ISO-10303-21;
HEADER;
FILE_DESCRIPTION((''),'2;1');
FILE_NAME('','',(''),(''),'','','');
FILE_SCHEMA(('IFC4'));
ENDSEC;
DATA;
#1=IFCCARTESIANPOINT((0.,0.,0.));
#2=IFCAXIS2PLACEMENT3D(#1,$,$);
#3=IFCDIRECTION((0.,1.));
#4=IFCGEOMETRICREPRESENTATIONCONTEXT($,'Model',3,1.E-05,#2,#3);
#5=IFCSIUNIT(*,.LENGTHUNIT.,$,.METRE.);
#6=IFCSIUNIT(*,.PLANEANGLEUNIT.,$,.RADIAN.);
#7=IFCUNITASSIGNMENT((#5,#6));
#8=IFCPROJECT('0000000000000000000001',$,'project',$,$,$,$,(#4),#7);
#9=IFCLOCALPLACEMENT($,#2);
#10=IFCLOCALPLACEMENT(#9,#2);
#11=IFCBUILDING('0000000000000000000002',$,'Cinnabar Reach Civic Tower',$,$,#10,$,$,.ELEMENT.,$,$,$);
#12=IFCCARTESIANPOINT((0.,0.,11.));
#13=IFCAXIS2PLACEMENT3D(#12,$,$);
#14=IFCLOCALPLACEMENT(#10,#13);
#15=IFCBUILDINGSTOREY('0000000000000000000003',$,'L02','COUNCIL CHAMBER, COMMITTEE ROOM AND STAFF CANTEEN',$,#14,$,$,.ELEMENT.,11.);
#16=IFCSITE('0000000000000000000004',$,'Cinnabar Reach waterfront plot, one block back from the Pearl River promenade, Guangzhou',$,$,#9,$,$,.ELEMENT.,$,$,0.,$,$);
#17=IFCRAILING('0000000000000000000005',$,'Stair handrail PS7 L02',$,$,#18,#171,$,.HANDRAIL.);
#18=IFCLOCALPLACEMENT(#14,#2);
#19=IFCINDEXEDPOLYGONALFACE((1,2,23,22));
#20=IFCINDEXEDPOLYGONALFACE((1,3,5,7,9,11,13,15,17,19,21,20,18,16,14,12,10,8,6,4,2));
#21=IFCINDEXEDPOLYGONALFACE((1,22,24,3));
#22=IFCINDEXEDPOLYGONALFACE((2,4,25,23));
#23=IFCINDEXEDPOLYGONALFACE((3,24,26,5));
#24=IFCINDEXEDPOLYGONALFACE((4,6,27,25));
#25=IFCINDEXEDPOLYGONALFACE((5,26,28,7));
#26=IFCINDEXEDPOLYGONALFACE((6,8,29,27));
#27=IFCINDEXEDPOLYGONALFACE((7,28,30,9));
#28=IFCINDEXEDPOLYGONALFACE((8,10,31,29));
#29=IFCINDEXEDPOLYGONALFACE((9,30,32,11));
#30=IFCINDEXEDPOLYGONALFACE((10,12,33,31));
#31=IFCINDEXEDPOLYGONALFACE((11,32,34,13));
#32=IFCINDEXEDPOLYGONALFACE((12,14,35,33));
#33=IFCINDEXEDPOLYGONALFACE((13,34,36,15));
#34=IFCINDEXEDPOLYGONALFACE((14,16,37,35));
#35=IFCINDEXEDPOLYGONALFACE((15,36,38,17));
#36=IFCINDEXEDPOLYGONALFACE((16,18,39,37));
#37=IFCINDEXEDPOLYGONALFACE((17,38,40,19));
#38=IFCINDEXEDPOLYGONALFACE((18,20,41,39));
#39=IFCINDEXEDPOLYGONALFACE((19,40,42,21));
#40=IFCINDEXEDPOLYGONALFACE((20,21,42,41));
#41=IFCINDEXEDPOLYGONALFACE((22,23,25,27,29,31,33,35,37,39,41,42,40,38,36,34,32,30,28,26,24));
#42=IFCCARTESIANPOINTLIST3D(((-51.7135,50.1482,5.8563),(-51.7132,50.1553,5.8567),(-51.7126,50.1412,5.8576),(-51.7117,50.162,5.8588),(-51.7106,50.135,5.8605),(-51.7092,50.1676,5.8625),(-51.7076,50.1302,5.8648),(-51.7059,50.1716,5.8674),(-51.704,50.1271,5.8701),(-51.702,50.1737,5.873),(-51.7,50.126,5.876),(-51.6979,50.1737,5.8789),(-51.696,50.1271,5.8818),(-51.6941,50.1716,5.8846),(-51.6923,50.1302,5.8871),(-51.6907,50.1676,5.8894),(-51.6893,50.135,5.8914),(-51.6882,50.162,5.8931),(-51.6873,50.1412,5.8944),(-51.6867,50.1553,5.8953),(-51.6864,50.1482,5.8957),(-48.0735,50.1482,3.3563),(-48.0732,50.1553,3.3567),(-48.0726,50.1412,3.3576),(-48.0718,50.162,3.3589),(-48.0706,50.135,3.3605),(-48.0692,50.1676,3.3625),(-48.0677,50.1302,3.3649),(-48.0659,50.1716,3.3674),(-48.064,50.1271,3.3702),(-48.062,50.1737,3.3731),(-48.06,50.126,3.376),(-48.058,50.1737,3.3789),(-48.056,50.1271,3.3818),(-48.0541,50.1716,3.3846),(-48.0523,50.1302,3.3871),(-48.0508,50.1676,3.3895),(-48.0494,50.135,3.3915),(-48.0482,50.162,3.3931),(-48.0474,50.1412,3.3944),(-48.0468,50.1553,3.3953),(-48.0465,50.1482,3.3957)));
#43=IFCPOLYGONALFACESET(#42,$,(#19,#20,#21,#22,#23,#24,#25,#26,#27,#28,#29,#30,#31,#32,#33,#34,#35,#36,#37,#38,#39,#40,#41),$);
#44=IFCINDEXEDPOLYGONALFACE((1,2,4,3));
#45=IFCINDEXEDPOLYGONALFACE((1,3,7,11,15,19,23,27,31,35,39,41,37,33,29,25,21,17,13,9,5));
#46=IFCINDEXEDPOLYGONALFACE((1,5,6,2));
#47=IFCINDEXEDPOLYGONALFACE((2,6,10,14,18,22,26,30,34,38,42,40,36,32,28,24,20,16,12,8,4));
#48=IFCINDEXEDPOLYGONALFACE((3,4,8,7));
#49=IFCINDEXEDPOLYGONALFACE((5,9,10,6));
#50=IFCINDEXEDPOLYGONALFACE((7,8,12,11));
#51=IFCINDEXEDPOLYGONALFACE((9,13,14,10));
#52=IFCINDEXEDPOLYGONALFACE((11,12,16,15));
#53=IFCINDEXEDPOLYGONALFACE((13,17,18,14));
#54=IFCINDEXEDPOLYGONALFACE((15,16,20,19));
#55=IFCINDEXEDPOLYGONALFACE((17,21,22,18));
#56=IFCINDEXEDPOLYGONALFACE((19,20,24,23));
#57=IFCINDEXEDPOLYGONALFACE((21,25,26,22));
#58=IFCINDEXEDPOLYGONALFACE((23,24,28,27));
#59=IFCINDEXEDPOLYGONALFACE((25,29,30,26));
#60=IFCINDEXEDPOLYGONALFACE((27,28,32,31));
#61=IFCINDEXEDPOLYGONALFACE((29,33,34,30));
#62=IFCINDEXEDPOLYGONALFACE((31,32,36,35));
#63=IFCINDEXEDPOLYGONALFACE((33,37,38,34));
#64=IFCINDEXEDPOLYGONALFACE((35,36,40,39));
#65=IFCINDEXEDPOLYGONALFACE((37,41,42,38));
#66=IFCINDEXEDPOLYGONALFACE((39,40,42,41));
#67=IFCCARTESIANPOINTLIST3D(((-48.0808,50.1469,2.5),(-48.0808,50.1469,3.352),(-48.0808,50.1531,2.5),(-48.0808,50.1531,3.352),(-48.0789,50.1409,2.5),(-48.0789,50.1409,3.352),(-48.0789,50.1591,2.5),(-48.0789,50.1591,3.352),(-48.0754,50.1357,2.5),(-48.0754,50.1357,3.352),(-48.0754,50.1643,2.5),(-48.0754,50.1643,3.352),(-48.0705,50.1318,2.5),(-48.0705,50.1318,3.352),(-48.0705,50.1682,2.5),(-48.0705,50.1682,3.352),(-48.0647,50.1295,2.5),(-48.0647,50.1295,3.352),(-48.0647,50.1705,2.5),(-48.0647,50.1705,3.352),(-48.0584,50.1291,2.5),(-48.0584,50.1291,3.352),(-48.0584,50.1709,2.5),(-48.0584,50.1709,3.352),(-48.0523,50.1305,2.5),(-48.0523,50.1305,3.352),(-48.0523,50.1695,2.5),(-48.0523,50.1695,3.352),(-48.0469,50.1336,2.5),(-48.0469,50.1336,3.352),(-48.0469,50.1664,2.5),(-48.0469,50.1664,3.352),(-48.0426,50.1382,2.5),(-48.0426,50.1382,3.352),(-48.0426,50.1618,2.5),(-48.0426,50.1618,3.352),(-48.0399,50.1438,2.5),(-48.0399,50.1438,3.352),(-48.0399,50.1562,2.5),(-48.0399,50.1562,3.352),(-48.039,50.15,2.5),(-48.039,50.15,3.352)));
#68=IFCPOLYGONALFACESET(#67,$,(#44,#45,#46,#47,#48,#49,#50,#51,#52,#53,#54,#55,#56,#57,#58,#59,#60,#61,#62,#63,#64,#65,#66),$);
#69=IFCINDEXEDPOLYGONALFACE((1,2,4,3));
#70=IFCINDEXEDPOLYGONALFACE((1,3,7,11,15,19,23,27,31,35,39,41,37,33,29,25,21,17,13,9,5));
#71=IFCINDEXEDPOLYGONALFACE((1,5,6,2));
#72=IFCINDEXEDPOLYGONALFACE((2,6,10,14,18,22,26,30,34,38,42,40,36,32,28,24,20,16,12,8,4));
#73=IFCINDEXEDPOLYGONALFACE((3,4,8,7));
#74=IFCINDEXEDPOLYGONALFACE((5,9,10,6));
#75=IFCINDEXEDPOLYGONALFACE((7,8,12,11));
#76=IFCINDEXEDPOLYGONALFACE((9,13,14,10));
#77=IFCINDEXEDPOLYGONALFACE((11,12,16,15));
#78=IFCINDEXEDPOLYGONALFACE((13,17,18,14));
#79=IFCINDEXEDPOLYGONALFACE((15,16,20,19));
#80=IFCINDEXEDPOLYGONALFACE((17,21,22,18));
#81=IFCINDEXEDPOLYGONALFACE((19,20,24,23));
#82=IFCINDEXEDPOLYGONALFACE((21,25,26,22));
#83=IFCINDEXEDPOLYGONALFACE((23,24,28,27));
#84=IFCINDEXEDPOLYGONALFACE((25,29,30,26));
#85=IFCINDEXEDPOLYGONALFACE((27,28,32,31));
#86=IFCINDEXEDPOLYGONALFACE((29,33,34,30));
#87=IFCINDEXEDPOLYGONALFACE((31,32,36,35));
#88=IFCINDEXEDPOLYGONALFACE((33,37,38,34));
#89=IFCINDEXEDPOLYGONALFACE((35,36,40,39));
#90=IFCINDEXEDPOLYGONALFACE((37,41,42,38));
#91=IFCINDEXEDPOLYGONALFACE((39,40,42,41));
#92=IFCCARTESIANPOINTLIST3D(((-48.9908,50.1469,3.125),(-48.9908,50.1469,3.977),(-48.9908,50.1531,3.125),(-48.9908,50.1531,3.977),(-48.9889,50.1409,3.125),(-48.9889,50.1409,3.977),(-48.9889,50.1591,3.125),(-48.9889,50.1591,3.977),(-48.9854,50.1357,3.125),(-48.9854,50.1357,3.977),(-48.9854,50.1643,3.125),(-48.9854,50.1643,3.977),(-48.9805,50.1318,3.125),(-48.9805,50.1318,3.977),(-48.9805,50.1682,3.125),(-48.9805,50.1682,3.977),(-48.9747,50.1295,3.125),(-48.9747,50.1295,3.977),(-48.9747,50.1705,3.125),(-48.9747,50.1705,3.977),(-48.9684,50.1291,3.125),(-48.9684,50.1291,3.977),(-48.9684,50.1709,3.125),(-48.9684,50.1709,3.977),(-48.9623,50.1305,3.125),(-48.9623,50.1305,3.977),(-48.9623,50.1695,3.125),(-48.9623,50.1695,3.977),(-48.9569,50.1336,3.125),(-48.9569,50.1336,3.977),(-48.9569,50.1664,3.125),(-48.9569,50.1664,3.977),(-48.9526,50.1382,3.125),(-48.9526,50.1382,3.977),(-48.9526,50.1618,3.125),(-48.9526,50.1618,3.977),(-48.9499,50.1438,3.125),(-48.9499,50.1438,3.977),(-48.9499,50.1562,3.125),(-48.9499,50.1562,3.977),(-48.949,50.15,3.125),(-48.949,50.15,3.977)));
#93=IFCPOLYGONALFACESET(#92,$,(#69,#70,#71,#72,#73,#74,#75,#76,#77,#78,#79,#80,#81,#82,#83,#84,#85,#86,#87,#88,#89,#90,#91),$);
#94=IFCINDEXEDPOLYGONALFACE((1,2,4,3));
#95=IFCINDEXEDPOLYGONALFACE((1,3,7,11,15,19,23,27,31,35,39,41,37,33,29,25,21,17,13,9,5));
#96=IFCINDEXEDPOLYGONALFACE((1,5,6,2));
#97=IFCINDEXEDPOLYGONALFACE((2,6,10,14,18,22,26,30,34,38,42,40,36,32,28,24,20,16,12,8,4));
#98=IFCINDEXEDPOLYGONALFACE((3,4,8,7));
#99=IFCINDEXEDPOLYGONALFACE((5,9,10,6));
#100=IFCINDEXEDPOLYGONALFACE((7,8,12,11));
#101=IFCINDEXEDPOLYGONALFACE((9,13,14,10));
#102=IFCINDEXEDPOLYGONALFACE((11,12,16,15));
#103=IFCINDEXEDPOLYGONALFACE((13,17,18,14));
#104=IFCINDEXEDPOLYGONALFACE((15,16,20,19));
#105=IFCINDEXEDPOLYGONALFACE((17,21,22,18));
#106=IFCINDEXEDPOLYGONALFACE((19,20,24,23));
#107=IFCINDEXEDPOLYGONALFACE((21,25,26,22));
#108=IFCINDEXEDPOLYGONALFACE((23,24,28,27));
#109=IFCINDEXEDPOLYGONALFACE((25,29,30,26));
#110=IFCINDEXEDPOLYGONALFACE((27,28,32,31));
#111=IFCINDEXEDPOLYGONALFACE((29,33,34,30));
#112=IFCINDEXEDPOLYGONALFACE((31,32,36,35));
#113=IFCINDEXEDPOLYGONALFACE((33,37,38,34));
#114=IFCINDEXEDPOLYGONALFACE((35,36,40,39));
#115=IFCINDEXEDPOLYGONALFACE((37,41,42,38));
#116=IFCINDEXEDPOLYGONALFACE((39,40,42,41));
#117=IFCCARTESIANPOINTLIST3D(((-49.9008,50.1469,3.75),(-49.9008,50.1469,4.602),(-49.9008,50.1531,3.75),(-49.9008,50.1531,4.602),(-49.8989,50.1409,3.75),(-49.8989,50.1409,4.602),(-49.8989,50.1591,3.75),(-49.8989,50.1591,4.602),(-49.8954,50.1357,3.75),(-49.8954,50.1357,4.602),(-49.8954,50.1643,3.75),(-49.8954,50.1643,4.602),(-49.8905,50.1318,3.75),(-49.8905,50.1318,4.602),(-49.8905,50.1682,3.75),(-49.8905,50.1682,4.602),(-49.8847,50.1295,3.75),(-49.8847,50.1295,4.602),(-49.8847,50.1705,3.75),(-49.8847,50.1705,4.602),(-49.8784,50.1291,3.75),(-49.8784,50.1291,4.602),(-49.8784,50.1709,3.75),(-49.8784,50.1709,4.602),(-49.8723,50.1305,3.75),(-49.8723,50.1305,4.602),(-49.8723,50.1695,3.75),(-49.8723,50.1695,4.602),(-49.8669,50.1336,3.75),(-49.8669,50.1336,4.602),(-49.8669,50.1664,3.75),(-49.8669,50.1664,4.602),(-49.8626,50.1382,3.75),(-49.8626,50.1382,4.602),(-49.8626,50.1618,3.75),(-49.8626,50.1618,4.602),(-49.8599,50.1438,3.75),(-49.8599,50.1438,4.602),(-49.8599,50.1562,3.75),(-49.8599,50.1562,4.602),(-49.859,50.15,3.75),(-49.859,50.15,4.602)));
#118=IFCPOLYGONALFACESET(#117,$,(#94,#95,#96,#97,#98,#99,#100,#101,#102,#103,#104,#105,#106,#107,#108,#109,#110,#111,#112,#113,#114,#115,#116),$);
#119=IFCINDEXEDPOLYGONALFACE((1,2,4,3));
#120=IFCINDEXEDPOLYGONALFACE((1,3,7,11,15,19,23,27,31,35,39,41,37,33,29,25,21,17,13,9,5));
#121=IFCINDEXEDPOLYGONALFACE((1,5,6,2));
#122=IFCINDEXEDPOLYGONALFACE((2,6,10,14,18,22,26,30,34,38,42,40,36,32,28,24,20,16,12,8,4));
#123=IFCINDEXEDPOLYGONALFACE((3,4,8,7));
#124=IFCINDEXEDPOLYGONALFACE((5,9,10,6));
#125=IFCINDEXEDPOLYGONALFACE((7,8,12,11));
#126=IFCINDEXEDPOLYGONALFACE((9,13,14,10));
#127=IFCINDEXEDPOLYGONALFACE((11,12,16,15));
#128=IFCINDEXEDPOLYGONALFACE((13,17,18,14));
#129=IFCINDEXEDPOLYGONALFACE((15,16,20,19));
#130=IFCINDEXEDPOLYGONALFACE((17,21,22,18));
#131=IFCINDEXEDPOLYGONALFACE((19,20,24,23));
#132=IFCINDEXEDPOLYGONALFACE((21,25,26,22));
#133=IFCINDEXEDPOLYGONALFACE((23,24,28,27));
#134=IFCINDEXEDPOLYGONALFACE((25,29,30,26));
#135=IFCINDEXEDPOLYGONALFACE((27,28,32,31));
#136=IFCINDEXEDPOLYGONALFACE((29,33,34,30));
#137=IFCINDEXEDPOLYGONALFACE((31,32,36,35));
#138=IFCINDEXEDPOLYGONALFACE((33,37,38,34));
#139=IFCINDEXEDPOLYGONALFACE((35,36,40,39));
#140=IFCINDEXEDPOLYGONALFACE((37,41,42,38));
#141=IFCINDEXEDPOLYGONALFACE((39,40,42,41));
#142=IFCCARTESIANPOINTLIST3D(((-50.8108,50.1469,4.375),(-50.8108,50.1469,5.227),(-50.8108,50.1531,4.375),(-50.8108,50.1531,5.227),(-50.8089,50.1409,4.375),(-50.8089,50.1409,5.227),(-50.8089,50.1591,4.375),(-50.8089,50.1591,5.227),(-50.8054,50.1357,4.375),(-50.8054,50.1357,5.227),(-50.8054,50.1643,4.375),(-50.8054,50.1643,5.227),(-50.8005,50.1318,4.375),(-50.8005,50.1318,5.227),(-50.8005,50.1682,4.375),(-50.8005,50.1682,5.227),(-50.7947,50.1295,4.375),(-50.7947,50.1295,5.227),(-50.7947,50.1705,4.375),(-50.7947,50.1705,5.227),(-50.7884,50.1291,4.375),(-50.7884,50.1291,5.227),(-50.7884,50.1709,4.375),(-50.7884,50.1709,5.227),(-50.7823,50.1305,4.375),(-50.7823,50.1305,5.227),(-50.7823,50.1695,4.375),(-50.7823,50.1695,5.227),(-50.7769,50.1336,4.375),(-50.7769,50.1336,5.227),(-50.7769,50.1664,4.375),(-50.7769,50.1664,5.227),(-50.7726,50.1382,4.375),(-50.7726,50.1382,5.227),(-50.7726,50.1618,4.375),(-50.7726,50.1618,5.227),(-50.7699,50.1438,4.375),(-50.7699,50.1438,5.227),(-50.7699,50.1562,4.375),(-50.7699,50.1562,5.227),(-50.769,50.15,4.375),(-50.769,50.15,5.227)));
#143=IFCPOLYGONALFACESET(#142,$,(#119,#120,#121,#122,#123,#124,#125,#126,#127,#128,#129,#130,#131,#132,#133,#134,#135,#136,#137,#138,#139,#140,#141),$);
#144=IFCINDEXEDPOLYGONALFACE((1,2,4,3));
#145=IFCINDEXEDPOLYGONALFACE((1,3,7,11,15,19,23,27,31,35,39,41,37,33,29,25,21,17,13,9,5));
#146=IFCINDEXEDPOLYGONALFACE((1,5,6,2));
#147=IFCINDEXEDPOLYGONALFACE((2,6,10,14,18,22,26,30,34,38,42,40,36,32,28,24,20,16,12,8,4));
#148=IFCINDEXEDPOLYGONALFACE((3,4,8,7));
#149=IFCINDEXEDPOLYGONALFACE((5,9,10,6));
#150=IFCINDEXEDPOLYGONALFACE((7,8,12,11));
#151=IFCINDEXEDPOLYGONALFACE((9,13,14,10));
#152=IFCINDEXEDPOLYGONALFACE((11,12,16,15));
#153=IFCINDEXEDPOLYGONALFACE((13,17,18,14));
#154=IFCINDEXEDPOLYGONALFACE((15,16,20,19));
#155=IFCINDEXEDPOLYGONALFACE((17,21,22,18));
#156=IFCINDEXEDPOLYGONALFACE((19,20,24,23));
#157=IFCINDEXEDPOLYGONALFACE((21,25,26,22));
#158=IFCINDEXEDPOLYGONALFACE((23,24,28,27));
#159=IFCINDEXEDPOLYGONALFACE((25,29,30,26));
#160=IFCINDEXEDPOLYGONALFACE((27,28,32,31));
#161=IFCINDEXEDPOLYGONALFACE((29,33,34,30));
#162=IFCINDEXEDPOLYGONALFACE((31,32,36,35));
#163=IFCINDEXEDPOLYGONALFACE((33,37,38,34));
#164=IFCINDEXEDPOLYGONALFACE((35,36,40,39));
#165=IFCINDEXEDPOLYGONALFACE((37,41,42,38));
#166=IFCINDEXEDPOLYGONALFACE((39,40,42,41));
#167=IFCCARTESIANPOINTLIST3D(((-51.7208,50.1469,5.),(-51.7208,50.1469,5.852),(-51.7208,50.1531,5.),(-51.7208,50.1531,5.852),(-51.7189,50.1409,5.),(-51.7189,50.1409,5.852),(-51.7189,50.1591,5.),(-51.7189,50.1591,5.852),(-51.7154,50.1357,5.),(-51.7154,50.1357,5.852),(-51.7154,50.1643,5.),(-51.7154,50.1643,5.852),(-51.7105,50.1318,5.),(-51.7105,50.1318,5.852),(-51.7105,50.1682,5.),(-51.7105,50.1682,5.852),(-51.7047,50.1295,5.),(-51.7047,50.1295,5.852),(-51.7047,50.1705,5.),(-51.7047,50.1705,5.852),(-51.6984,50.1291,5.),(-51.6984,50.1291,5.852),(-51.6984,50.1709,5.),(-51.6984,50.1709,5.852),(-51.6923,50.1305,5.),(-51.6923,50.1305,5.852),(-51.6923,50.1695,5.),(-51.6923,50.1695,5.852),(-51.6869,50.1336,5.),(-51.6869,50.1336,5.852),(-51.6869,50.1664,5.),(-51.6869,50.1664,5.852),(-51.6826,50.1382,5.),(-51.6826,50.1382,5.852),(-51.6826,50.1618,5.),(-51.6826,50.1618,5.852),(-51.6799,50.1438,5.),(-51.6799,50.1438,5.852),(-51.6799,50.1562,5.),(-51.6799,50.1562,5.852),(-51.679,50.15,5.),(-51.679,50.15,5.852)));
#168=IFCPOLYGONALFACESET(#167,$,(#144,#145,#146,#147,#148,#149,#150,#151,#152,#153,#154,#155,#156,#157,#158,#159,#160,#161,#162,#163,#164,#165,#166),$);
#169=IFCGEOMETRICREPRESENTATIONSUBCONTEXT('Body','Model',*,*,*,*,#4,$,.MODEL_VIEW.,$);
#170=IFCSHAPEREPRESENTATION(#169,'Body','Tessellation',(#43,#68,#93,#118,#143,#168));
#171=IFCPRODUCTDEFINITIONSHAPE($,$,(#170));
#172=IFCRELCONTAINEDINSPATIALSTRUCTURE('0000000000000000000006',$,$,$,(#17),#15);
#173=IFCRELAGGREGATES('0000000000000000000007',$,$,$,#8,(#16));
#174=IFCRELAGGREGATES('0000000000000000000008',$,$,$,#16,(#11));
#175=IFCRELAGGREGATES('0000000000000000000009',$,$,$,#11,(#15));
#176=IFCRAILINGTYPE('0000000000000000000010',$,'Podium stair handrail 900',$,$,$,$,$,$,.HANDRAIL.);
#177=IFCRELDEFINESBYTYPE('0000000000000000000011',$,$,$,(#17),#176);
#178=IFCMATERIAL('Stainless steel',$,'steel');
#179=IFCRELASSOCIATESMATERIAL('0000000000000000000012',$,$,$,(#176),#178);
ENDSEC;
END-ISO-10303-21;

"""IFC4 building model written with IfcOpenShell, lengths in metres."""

from ifc_helpers import new_model, si_unit, direction, frame, origin, origin_2d, place, context, subcontext, project, spatial, circle, extrude, material, type_object, element, save


model = new_model("IFC4")

# Units and contexts
model_context = context("Model", 3, precision=1e-05, world=origin(), true_north=direction((0.0, 1.0)))
body_context = subcontext(model_context, "Body", "Model", "MODEL_VIEW")
ifc_project = project(units=[si_unit("LENGTHUNIT", "METRE"), si_unit("PLANEANGLEUNIT", "RADIAN")], contexts=[model_context])

# Site, building, storey
site_placement = place(None, origin())
site = spatial("IfcSite", under=ifc_project, at=site_placement, Name="Cinnabar Reach waterfront plot, one block back from the Pearl River promenade, Guangzhou", CompositionType="ELEMENT", RefElevation=0.0)
building_placement = place(site_placement, origin())
building = spatial("IfcBuilding", under=site, at=building_placement, Name="Cinnabar Reach Civic Tower", CompositionType="ELEMENT")
storey_placement = place(building_placement, frame((0.0, 0.0, 11.0)))
storey = spatial("IfcBuildingStorey", under=building, at=storey_placement, Name="L02", Description="COUNCIL CHAMBER, COMMITTEE ROOM AND STAFF CANTEEN", CompositionType="ELEMENT", Elevation=11.0)

# Railing
ifc_material_1 = material(Name="Stainless steel", Category="steel")
railing_type_1 = type_object("IfcRailingType", Name="Podium stair handrail 900", PredefinedType="HANDRAIL", material=ifc_material_1)
railing_1_placement = place(storey_placement, frame((-48.06, 50.15, 2.5)))
element("IfcRailing", 1, at=railing_1_placement, inside=storey, type_object=railing_type_1, Name="Stair handrail PS7 L02", PredefinedType="HANDRAIL", context=body_context, shape_type="SweptSolid", body=[
    extrude(circle(Radius=0.024, at=origin_2d()), frame((0.0, 0.0, 0.876), z_axis=(-0.824306, 0.0, 0.566144), x_axis=(0.0, -1.0, 0.0)), (0.0, 0.0, 1.0), 4.4158),
    extrude(circle(Radius=0.021, at=origin_2d()), origin(), (0.0, 0.0, 1.0), 0.852),
    extrude(circle(Radius=0.021, at=origin_2d()), frame((-0.91, 0.0, 0.625)), (0.0, 0.0, 1.0), 0.852),
    extrude(circle(Radius=0.021, at=origin_2d()), frame((-1.82, 0.0, 1.25)), (0.0, 0.0, 1.0), 0.852),
    extrude(circle(Radius=0.021, at=origin_2d()), frame((-2.73, 0.0, 1.875)), (0.0, 0.0, 1.0), 0.852),
    extrude(circle(Radius=0.021, at=origin_2d()), frame((-3.64, 0.0, 2.5)), (0.0, 0.0, 1.0), 0.852),
])

save(model, "model.ifc")
